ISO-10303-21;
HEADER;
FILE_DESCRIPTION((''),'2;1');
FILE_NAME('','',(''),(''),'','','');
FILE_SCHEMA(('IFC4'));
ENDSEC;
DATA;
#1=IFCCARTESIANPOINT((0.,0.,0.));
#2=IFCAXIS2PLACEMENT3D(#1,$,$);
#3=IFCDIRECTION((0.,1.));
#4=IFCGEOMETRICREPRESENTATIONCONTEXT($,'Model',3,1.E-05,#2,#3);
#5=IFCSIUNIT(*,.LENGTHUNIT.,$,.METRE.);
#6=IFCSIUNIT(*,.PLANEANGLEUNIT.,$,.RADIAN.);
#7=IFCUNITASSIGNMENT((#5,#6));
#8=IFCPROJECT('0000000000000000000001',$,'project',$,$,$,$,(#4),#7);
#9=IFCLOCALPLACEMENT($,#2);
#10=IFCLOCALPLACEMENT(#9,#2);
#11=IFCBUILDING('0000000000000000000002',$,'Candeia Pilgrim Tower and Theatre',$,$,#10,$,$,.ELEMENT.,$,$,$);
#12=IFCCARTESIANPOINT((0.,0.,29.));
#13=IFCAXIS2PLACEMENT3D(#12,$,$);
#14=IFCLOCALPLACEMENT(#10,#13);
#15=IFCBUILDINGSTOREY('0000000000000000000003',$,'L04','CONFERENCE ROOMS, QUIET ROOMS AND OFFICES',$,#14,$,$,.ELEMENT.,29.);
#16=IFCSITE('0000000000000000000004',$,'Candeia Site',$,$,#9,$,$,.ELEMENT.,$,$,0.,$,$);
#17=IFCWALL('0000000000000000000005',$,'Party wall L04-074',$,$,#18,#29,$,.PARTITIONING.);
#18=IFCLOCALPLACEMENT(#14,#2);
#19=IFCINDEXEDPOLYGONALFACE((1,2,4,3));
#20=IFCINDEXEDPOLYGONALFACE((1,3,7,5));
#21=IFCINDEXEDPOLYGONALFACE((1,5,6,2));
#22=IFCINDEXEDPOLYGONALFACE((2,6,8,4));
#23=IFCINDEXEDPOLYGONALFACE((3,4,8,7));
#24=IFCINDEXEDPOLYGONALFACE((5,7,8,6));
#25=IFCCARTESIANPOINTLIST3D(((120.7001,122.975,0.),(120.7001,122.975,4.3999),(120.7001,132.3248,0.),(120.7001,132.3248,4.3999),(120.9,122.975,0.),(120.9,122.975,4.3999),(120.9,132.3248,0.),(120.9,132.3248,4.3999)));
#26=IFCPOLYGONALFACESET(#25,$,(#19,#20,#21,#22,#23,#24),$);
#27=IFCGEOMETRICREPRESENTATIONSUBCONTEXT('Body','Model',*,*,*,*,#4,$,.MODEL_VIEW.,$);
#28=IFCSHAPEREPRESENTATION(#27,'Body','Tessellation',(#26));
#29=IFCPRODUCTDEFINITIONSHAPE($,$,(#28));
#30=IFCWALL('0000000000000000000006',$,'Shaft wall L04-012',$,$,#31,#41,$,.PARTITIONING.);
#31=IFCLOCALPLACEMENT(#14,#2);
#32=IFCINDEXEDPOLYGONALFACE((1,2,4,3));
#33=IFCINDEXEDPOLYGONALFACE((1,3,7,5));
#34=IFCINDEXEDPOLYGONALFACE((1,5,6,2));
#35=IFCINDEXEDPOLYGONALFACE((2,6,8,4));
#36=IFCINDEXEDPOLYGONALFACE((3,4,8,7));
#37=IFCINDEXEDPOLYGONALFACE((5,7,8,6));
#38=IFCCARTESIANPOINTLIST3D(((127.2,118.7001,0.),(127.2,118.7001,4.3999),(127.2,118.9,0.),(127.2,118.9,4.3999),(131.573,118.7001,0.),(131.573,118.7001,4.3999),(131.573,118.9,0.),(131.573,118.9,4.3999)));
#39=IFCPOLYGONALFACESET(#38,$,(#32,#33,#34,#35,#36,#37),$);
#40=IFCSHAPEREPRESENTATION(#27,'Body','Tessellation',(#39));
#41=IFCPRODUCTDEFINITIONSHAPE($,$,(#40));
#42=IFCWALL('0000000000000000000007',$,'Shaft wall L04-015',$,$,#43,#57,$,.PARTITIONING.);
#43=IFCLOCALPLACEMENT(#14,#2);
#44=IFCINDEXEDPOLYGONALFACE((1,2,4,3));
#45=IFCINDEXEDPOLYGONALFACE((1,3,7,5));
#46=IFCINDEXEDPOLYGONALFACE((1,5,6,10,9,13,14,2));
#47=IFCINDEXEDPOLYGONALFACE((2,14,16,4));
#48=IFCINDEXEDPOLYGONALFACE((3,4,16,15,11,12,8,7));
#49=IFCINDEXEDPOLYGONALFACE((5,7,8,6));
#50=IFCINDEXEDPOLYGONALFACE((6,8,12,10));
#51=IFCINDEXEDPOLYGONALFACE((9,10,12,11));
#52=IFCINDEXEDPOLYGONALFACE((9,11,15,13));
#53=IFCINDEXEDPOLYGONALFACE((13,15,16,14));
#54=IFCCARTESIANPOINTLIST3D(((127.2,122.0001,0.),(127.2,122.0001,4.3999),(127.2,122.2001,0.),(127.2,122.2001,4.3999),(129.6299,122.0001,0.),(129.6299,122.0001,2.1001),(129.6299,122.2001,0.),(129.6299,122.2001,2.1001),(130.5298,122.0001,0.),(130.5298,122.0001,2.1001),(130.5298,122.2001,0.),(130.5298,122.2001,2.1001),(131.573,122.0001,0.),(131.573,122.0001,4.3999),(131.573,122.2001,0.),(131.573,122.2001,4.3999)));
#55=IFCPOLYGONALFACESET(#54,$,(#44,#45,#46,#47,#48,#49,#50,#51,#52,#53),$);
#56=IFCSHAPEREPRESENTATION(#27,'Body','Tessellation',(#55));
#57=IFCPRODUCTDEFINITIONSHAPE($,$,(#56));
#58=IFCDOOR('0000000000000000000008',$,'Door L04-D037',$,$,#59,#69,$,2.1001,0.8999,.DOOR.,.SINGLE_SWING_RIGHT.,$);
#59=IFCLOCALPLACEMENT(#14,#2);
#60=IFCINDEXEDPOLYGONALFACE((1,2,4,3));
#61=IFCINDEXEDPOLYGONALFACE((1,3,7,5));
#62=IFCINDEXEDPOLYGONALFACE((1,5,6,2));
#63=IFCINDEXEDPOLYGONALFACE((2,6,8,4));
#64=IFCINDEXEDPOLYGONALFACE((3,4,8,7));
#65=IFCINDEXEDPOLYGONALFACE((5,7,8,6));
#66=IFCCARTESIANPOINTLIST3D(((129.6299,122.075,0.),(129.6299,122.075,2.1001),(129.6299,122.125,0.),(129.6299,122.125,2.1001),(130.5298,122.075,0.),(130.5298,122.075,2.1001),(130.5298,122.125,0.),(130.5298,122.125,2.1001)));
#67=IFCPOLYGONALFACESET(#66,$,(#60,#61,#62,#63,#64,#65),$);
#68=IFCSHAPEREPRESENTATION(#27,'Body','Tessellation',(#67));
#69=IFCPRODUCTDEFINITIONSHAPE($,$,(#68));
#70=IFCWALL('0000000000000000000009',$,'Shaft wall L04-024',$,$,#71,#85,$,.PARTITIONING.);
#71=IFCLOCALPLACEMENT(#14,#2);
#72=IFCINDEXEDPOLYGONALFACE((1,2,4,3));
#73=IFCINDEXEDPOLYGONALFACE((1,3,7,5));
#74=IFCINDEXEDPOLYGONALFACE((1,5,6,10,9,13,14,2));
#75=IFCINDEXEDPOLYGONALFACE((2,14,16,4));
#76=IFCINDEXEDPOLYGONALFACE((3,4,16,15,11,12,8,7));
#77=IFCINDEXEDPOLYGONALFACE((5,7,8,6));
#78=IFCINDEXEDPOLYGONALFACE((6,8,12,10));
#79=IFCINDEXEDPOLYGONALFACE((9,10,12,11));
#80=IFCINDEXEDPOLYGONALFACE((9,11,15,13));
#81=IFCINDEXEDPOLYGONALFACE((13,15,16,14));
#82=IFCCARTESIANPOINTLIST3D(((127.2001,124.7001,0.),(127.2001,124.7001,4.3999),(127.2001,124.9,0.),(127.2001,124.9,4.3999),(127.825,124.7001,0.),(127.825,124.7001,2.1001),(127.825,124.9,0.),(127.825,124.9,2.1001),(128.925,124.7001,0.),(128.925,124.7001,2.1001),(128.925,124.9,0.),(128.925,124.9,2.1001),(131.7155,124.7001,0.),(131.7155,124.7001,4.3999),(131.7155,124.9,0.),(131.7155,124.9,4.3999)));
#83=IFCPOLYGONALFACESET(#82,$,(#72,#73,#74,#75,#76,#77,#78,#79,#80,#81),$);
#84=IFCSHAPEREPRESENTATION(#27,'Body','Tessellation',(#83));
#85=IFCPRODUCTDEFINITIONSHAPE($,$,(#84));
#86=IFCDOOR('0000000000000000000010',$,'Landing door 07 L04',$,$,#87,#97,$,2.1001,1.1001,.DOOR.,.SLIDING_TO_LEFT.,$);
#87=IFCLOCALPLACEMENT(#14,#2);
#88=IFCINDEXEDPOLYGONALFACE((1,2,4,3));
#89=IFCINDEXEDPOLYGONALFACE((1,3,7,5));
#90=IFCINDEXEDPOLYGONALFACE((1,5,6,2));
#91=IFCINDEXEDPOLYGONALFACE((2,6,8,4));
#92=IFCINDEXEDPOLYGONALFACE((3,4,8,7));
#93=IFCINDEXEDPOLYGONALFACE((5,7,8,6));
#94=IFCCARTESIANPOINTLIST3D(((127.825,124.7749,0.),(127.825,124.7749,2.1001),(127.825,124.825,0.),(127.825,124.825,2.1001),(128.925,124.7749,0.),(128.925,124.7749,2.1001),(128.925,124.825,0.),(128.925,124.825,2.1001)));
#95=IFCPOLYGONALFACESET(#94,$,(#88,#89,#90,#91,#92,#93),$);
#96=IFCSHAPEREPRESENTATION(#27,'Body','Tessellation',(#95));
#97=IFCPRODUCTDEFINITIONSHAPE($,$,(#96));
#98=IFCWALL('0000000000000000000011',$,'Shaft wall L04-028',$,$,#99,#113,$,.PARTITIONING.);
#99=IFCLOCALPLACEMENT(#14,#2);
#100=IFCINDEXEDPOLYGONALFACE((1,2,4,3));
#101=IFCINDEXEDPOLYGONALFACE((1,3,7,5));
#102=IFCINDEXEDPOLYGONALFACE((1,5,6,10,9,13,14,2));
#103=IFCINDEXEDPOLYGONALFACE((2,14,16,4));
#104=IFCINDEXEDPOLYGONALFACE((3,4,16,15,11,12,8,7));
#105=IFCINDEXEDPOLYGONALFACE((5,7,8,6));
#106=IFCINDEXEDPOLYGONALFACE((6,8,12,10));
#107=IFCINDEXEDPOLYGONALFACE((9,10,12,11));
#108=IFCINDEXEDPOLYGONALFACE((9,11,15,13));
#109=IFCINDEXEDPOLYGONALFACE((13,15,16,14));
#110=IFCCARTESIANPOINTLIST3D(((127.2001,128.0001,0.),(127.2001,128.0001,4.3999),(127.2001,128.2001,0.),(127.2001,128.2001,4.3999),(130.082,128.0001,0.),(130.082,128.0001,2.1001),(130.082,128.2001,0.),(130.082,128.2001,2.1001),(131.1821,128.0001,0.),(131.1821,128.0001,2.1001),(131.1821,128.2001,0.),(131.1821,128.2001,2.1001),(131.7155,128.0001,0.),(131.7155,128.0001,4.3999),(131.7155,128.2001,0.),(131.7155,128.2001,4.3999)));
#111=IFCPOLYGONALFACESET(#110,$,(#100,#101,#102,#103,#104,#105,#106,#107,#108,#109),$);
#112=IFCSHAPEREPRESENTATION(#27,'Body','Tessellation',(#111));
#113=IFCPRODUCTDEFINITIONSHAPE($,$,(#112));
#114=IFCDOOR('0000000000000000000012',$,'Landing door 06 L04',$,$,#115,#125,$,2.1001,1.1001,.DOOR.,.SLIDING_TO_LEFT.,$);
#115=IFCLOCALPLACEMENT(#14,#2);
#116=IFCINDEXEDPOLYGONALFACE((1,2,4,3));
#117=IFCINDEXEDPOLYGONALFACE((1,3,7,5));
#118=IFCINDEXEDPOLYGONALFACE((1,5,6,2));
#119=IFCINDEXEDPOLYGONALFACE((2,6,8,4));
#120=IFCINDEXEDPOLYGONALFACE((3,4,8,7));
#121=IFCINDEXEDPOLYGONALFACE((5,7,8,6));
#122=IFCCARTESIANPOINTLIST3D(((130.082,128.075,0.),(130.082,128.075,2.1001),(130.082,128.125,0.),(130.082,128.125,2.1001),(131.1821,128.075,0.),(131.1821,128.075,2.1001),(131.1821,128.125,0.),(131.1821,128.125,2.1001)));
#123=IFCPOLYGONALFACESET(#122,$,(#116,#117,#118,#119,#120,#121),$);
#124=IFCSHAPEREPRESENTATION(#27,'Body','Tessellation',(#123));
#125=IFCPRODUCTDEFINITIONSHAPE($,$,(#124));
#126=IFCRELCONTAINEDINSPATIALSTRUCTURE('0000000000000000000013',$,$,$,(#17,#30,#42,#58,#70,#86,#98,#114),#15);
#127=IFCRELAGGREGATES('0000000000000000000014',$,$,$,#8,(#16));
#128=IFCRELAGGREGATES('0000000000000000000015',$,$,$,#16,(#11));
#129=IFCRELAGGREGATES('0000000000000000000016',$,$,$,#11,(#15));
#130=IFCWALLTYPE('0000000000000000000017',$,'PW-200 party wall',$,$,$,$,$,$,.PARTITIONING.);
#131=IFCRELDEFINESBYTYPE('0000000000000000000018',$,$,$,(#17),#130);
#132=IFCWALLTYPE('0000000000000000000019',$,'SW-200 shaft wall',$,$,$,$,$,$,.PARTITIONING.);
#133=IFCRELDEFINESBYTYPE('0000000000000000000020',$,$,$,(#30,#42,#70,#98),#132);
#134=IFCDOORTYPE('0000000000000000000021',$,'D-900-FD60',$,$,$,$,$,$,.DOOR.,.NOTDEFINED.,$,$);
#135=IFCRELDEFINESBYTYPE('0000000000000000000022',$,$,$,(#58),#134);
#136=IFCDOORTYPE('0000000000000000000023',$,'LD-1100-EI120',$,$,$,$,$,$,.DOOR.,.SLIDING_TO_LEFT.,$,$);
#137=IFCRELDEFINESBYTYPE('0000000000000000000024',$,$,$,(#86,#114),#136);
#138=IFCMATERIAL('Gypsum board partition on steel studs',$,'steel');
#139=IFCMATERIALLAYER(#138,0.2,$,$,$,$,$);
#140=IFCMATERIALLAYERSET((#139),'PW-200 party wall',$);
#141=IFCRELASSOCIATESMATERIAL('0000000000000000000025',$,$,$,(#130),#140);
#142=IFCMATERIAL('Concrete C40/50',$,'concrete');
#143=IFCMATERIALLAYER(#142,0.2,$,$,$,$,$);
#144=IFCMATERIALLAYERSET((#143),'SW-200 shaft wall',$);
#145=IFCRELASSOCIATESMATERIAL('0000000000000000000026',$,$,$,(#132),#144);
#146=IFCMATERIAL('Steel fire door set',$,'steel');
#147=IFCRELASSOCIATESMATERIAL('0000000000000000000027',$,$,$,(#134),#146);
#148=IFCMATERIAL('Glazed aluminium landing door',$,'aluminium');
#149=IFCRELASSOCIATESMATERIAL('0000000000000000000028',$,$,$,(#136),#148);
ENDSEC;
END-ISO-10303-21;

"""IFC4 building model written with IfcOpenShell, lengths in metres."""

from ifc_helpers import new_model, si_unit, direction, frame, frame_2d, origin, place, context, subcontext, project, spatial, rectangle, extrude, material, layer, layer_set, type_object, element, fill, save


model = new_model("IFC4")

# Units and contexts
model_context = context("Model", 3, precision=1e-05, world=origin(), true_north=direction((0.0, 1.0)))
body_context = subcontext(model_context, "Body", "Model", "MODEL_VIEW")
ifc_project = project(units=[si_unit("LENGTHUNIT", "METRE"), si_unit("PLANEANGLEUNIT", "RADIAN")], contexts=[model_context])

# Site, building, storey
site_placement = place(None, origin())
site = spatial("IfcSite", under=ifc_project, at=site_placement, Name="Candeia Site", CompositionType="ELEMENT", RefElevation=0.0)
building_placement = place(site_placement, origin())
building = spatial("IfcBuilding", under=site, at=building_placement, Name="Candeia Pilgrim Tower and Theatre", CompositionType="ELEMENT")
storey_placement = place(building_placement, frame((0.0, 0.0, 29.0)))
storey = spatial("IfcBuildingStorey", under=building, at=storey_placement, Name="L04", Description="CONFERENCE ROOMS, QUIET ROOMS AND OFFICES", CompositionType="ELEMENT", Elevation=29.0)

# Shared definitions
ifc_material_1 = material(Name="Steel fire door set", Category="steel")

# Walls
ifc_material_2 = material(Name="Gypsum board partition on steel studs", Category="steel")
ifc_layer_1 = layer(ifc_material_2, 0.2)
ifc_layer_set_1 = layer_set([ifc_layer_1], Name="PW-200 party wall")
wall_type_1 = type_object("IfcWallType", Name="PW-200 party wall", PredefinedType="PARTITIONING", material=ifc_layer_set_1)
wall_1_placement = place(storey_placement, frame((120.8, 122.9751, 0.0), z_axis=(0.0, 0.0, 1.0), x_axis=(0.0, 1.0, 0.0)))
element("IfcWall", 1, at=wall_1_placement, inside=storey, type_object=wall_type_1, Name="Party wall L04-074", PredefinedType="PARTITIONING", context=body_context, shape_type="SweptSolid", body=[
    extrude(rectangle(XDim=9.3499, YDim=0.2, at=frame_2d((4.6748, 0.0))), origin(), (0.0, 0.0, 1.0), 4.3999),
])
ifc_material_3 = material(Name="Concrete C40/50", Category="concrete")
ifc_layer_2 = layer(ifc_material_3, 0.2)
ifc_layer_set_2 = layer_set([ifc_layer_2], Name="SW-200 shaft wall")
wall_type_2 = type_object("IfcWallType", Name="SW-200 shaft wall", PredefinedType="PARTITIONING", material=ifc_layer_set_2)
wall_2_placement = place(storey_placement, frame((127.2, 118.8, 0.0), z_axis=(0.0, 0.0, 1.0), x_axis=(1.0, 0.0, 0.0)))
element("IfcWall", 2, at=wall_2_placement, inside=storey, type_object=wall_type_2, Name="Shaft wall L04-012", PredefinedType="PARTITIONING", context=body_context, shape_type="SweptSolid", body=[
    extrude(rectangle(XDim=4.373, YDim=0.2, at=frame_2d((2.1865, 0.0))), origin(), (0.0, 0.0, 1.0), 4.3999),
])

# Walls, openings, doors
wall_3_placement = place(storey_placement, frame((127.2, 122.1001, 0.0), z_axis=(0.0, 0.0, 1.0), x_axis=(1.0, 0.0, 0.0)))
wall_3 = element("IfcWall", 3, at=wall_3_placement, inside=storey, type_object=wall_type_2, Name="Shaft wall L04-015", PredefinedType="PARTITIONING", context=body_context, shape_type="SweptSolid", body=[
    extrude(rectangle(XDim=4.373, YDim=0.2, at=frame_2d((2.1865, 0.0))), origin(), (0.0, 0.0, 1.0), 4.3999),
])
opening_1_placement = place(wall_3_placement, frame((2.4299, 0.0, 0.0)))
opening_1 = element("IfcOpeningElement", 4, at=opening_1_placement, cuts=wall_3, PredefinedType="OPENING", context=body_context, shape_type="SweptSolid", body=[
    extrude(rectangle(XDim=0.8999, YDim=2.1001, at=frame_2d((0.45, 1.05))), frame((0.0, 0.1099, 0.0), z_axis=(0.0, -1.0, 0.0), x_axis=(1.0, 0.0, 0.0)), (0.0, 0.0, 1.0), 0.22),
])
door_type_1 = type_object("IfcDoorType", Name="D-900-FD60", OperationType="NOTDEFINED", PredefinedType="DOOR", material=ifc_material_1)
door_1_placement = place(opening_1_placement, origin())
door_1 = element("IfcDoor", 5, at=door_1_placement, inside=storey, type_object=door_type_1, Name="Door L04-D037", OperationType="SINGLE_SWING_RIGHT", OverallHeight=2.1001, OverallWidth=0.8999, PredefinedType="DOOR", context=body_context, shape_type="SweptSolid", body=[
    extrude(rectangle(XDim=0.8999, YDim=2.1001, at=frame_2d((0.45, 1.05))), frame((0.0, 0.0249, 0.0), z_axis=(0.0, -1.0, 0.0), x_axis=(1.0, 0.0, 0.0)), (0.0, 0.0, 1.0), 0.05),
])
fill(opening_1, door_1)
wall_4_placement = place(storey_placement, frame((127.2, 124.8, 0.0), z_axis=(0.0, 0.0, 1.0), x_axis=(1.0, 0.0, 0.0)))
wall_4 = element("IfcWall", 6, at=wall_4_placement, inside=storey, type_object=wall_type_2, Name="Shaft wall L04-024", PredefinedType="PARTITIONING", context=body_context, shape_type="SweptSolid", body=[
    extrude(rectangle(XDim=4.5154, YDim=0.2, at=frame_2d((2.2578, 0.0))), origin(), (0.0, 0.0, 1.0), 4.3999),
])
opening_2_placement = place(wall_4_placement, frame((0.625, 0.0, 0.0)))
opening_2 = element("IfcOpeningElement", 7, at=opening_2_placement, cuts=wall_4, PredefinedType="OPENING", context=body_context, shape_type="SweptSolid", body=[
    extrude(rectangle(XDim=1.1001, YDim=2.1001, at=frame_2d((0.55, 1.05))), frame((0.0, 0.1099, 0.0), z_axis=(0.0, -1.0, 0.0), x_axis=(1.0, 0.0, 0.0)), (0.0, 0.0, 1.0), 0.22),
])
ifc_material_4 = material(Name="Glazed aluminium landing door", Category="aluminium")
door_type_2 = type_object("IfcDoorType", Name="LD-1100-EI120", OperationType="SLIDING_TO_LEFT", PredefinedType="DOOR", material=ifc_material_4)
door_2_placement = place(opening_2_placement, origin())
door_2 = element("IfcDoor", 8, at=door_2_placement, inside=storey, type_object=door_type_2, Name="Landing door 07 L04", OperationType="SLIDING_TO_LEFT", OverallHeight=2.1001, OverallWidth=1.1001, PredefinedType="DOOR", context=body_context, shape_type="SweptSolid", body=[
    extrude(rectangle(XDim=1.1001, YDim=2.1001, at=frame_2d((0.55, 1.05))), frame((0.0, 0.0249, 0.0), z_axis=(0.0, -1.0, 0.0), x_axis=(1.0, 0.0, 0.0)), (0.0, 0.0, 1.0), 0.05),
])
fill(opening_2, door_2)
wall_5_placement = place(storey_placement, frame((127.2, 128.1001, 0.0), z_axis=(0.0, 0.0, 1.0), x_axis=(1.0, 0.0, 0.0)))
wall_5 = element("IfcWall", 9, at=wall_5_placement, inside=storey, type_object=wall_type_2, Name="Shaft wall L04-028", PredefinedType="PARTITIONING", context=body_context, shape_type="SweptSolid", body=[
    extrude(rectangle(XDim=4.5154, YDim=0.2, at=frame_2d((2.2578, 0.0))), origin(), (0.0, 0.0, 1.0), 4.3999),
])
opening_3_placement = place(wall_5_placement, frame((2.8821, 0.0, 0.0)))
opening_3 = element("IfcOpeningElement", 10, at=opening_3_placement, cuts=wall_5, PredefinedType="OPENING", context=body_context, shape_type="SweptSolid", body=[
    extrude(rectangle(XDim=1.1001, YDim=2.1001, at=frame_2d((0.55, 1.05))), frame((0.0, 0.1099, 0.0), z_axis=(0.0, -1.0, 0.0), x_axis=(1.0, 0.0, 0.0)), (0.0, 0.0, 1.0), 0.22),
])
door_3_placement = place(opening_3_placement, origin())
door_3 = element("IfcDoor", 11, at=door_3_placement, inside=storey, type_object=door_type_2, Name="Landing door 06 L04", OperationType="SLIDING_TO_LEFT", OverallHeight=2.1001, OverallWidth=1.1001, PredefinedType="DOOR", context=body_context, shape_type="SweptSolid", body=[
    extrude(rectangle(XDim=1.1001, YDim=2.1001, at=frame_2d((0.55, 1.05))), frame((0.0, 0.0249, 0.0), z_axis=(0.0, -1.0, 0.0), x_axis=(1.0, 0.0, 0.0)), (0.0, 0.0, 1.0), 0.05),
])
fill(opening_3, door_3)

save(model, "model.ifc")
